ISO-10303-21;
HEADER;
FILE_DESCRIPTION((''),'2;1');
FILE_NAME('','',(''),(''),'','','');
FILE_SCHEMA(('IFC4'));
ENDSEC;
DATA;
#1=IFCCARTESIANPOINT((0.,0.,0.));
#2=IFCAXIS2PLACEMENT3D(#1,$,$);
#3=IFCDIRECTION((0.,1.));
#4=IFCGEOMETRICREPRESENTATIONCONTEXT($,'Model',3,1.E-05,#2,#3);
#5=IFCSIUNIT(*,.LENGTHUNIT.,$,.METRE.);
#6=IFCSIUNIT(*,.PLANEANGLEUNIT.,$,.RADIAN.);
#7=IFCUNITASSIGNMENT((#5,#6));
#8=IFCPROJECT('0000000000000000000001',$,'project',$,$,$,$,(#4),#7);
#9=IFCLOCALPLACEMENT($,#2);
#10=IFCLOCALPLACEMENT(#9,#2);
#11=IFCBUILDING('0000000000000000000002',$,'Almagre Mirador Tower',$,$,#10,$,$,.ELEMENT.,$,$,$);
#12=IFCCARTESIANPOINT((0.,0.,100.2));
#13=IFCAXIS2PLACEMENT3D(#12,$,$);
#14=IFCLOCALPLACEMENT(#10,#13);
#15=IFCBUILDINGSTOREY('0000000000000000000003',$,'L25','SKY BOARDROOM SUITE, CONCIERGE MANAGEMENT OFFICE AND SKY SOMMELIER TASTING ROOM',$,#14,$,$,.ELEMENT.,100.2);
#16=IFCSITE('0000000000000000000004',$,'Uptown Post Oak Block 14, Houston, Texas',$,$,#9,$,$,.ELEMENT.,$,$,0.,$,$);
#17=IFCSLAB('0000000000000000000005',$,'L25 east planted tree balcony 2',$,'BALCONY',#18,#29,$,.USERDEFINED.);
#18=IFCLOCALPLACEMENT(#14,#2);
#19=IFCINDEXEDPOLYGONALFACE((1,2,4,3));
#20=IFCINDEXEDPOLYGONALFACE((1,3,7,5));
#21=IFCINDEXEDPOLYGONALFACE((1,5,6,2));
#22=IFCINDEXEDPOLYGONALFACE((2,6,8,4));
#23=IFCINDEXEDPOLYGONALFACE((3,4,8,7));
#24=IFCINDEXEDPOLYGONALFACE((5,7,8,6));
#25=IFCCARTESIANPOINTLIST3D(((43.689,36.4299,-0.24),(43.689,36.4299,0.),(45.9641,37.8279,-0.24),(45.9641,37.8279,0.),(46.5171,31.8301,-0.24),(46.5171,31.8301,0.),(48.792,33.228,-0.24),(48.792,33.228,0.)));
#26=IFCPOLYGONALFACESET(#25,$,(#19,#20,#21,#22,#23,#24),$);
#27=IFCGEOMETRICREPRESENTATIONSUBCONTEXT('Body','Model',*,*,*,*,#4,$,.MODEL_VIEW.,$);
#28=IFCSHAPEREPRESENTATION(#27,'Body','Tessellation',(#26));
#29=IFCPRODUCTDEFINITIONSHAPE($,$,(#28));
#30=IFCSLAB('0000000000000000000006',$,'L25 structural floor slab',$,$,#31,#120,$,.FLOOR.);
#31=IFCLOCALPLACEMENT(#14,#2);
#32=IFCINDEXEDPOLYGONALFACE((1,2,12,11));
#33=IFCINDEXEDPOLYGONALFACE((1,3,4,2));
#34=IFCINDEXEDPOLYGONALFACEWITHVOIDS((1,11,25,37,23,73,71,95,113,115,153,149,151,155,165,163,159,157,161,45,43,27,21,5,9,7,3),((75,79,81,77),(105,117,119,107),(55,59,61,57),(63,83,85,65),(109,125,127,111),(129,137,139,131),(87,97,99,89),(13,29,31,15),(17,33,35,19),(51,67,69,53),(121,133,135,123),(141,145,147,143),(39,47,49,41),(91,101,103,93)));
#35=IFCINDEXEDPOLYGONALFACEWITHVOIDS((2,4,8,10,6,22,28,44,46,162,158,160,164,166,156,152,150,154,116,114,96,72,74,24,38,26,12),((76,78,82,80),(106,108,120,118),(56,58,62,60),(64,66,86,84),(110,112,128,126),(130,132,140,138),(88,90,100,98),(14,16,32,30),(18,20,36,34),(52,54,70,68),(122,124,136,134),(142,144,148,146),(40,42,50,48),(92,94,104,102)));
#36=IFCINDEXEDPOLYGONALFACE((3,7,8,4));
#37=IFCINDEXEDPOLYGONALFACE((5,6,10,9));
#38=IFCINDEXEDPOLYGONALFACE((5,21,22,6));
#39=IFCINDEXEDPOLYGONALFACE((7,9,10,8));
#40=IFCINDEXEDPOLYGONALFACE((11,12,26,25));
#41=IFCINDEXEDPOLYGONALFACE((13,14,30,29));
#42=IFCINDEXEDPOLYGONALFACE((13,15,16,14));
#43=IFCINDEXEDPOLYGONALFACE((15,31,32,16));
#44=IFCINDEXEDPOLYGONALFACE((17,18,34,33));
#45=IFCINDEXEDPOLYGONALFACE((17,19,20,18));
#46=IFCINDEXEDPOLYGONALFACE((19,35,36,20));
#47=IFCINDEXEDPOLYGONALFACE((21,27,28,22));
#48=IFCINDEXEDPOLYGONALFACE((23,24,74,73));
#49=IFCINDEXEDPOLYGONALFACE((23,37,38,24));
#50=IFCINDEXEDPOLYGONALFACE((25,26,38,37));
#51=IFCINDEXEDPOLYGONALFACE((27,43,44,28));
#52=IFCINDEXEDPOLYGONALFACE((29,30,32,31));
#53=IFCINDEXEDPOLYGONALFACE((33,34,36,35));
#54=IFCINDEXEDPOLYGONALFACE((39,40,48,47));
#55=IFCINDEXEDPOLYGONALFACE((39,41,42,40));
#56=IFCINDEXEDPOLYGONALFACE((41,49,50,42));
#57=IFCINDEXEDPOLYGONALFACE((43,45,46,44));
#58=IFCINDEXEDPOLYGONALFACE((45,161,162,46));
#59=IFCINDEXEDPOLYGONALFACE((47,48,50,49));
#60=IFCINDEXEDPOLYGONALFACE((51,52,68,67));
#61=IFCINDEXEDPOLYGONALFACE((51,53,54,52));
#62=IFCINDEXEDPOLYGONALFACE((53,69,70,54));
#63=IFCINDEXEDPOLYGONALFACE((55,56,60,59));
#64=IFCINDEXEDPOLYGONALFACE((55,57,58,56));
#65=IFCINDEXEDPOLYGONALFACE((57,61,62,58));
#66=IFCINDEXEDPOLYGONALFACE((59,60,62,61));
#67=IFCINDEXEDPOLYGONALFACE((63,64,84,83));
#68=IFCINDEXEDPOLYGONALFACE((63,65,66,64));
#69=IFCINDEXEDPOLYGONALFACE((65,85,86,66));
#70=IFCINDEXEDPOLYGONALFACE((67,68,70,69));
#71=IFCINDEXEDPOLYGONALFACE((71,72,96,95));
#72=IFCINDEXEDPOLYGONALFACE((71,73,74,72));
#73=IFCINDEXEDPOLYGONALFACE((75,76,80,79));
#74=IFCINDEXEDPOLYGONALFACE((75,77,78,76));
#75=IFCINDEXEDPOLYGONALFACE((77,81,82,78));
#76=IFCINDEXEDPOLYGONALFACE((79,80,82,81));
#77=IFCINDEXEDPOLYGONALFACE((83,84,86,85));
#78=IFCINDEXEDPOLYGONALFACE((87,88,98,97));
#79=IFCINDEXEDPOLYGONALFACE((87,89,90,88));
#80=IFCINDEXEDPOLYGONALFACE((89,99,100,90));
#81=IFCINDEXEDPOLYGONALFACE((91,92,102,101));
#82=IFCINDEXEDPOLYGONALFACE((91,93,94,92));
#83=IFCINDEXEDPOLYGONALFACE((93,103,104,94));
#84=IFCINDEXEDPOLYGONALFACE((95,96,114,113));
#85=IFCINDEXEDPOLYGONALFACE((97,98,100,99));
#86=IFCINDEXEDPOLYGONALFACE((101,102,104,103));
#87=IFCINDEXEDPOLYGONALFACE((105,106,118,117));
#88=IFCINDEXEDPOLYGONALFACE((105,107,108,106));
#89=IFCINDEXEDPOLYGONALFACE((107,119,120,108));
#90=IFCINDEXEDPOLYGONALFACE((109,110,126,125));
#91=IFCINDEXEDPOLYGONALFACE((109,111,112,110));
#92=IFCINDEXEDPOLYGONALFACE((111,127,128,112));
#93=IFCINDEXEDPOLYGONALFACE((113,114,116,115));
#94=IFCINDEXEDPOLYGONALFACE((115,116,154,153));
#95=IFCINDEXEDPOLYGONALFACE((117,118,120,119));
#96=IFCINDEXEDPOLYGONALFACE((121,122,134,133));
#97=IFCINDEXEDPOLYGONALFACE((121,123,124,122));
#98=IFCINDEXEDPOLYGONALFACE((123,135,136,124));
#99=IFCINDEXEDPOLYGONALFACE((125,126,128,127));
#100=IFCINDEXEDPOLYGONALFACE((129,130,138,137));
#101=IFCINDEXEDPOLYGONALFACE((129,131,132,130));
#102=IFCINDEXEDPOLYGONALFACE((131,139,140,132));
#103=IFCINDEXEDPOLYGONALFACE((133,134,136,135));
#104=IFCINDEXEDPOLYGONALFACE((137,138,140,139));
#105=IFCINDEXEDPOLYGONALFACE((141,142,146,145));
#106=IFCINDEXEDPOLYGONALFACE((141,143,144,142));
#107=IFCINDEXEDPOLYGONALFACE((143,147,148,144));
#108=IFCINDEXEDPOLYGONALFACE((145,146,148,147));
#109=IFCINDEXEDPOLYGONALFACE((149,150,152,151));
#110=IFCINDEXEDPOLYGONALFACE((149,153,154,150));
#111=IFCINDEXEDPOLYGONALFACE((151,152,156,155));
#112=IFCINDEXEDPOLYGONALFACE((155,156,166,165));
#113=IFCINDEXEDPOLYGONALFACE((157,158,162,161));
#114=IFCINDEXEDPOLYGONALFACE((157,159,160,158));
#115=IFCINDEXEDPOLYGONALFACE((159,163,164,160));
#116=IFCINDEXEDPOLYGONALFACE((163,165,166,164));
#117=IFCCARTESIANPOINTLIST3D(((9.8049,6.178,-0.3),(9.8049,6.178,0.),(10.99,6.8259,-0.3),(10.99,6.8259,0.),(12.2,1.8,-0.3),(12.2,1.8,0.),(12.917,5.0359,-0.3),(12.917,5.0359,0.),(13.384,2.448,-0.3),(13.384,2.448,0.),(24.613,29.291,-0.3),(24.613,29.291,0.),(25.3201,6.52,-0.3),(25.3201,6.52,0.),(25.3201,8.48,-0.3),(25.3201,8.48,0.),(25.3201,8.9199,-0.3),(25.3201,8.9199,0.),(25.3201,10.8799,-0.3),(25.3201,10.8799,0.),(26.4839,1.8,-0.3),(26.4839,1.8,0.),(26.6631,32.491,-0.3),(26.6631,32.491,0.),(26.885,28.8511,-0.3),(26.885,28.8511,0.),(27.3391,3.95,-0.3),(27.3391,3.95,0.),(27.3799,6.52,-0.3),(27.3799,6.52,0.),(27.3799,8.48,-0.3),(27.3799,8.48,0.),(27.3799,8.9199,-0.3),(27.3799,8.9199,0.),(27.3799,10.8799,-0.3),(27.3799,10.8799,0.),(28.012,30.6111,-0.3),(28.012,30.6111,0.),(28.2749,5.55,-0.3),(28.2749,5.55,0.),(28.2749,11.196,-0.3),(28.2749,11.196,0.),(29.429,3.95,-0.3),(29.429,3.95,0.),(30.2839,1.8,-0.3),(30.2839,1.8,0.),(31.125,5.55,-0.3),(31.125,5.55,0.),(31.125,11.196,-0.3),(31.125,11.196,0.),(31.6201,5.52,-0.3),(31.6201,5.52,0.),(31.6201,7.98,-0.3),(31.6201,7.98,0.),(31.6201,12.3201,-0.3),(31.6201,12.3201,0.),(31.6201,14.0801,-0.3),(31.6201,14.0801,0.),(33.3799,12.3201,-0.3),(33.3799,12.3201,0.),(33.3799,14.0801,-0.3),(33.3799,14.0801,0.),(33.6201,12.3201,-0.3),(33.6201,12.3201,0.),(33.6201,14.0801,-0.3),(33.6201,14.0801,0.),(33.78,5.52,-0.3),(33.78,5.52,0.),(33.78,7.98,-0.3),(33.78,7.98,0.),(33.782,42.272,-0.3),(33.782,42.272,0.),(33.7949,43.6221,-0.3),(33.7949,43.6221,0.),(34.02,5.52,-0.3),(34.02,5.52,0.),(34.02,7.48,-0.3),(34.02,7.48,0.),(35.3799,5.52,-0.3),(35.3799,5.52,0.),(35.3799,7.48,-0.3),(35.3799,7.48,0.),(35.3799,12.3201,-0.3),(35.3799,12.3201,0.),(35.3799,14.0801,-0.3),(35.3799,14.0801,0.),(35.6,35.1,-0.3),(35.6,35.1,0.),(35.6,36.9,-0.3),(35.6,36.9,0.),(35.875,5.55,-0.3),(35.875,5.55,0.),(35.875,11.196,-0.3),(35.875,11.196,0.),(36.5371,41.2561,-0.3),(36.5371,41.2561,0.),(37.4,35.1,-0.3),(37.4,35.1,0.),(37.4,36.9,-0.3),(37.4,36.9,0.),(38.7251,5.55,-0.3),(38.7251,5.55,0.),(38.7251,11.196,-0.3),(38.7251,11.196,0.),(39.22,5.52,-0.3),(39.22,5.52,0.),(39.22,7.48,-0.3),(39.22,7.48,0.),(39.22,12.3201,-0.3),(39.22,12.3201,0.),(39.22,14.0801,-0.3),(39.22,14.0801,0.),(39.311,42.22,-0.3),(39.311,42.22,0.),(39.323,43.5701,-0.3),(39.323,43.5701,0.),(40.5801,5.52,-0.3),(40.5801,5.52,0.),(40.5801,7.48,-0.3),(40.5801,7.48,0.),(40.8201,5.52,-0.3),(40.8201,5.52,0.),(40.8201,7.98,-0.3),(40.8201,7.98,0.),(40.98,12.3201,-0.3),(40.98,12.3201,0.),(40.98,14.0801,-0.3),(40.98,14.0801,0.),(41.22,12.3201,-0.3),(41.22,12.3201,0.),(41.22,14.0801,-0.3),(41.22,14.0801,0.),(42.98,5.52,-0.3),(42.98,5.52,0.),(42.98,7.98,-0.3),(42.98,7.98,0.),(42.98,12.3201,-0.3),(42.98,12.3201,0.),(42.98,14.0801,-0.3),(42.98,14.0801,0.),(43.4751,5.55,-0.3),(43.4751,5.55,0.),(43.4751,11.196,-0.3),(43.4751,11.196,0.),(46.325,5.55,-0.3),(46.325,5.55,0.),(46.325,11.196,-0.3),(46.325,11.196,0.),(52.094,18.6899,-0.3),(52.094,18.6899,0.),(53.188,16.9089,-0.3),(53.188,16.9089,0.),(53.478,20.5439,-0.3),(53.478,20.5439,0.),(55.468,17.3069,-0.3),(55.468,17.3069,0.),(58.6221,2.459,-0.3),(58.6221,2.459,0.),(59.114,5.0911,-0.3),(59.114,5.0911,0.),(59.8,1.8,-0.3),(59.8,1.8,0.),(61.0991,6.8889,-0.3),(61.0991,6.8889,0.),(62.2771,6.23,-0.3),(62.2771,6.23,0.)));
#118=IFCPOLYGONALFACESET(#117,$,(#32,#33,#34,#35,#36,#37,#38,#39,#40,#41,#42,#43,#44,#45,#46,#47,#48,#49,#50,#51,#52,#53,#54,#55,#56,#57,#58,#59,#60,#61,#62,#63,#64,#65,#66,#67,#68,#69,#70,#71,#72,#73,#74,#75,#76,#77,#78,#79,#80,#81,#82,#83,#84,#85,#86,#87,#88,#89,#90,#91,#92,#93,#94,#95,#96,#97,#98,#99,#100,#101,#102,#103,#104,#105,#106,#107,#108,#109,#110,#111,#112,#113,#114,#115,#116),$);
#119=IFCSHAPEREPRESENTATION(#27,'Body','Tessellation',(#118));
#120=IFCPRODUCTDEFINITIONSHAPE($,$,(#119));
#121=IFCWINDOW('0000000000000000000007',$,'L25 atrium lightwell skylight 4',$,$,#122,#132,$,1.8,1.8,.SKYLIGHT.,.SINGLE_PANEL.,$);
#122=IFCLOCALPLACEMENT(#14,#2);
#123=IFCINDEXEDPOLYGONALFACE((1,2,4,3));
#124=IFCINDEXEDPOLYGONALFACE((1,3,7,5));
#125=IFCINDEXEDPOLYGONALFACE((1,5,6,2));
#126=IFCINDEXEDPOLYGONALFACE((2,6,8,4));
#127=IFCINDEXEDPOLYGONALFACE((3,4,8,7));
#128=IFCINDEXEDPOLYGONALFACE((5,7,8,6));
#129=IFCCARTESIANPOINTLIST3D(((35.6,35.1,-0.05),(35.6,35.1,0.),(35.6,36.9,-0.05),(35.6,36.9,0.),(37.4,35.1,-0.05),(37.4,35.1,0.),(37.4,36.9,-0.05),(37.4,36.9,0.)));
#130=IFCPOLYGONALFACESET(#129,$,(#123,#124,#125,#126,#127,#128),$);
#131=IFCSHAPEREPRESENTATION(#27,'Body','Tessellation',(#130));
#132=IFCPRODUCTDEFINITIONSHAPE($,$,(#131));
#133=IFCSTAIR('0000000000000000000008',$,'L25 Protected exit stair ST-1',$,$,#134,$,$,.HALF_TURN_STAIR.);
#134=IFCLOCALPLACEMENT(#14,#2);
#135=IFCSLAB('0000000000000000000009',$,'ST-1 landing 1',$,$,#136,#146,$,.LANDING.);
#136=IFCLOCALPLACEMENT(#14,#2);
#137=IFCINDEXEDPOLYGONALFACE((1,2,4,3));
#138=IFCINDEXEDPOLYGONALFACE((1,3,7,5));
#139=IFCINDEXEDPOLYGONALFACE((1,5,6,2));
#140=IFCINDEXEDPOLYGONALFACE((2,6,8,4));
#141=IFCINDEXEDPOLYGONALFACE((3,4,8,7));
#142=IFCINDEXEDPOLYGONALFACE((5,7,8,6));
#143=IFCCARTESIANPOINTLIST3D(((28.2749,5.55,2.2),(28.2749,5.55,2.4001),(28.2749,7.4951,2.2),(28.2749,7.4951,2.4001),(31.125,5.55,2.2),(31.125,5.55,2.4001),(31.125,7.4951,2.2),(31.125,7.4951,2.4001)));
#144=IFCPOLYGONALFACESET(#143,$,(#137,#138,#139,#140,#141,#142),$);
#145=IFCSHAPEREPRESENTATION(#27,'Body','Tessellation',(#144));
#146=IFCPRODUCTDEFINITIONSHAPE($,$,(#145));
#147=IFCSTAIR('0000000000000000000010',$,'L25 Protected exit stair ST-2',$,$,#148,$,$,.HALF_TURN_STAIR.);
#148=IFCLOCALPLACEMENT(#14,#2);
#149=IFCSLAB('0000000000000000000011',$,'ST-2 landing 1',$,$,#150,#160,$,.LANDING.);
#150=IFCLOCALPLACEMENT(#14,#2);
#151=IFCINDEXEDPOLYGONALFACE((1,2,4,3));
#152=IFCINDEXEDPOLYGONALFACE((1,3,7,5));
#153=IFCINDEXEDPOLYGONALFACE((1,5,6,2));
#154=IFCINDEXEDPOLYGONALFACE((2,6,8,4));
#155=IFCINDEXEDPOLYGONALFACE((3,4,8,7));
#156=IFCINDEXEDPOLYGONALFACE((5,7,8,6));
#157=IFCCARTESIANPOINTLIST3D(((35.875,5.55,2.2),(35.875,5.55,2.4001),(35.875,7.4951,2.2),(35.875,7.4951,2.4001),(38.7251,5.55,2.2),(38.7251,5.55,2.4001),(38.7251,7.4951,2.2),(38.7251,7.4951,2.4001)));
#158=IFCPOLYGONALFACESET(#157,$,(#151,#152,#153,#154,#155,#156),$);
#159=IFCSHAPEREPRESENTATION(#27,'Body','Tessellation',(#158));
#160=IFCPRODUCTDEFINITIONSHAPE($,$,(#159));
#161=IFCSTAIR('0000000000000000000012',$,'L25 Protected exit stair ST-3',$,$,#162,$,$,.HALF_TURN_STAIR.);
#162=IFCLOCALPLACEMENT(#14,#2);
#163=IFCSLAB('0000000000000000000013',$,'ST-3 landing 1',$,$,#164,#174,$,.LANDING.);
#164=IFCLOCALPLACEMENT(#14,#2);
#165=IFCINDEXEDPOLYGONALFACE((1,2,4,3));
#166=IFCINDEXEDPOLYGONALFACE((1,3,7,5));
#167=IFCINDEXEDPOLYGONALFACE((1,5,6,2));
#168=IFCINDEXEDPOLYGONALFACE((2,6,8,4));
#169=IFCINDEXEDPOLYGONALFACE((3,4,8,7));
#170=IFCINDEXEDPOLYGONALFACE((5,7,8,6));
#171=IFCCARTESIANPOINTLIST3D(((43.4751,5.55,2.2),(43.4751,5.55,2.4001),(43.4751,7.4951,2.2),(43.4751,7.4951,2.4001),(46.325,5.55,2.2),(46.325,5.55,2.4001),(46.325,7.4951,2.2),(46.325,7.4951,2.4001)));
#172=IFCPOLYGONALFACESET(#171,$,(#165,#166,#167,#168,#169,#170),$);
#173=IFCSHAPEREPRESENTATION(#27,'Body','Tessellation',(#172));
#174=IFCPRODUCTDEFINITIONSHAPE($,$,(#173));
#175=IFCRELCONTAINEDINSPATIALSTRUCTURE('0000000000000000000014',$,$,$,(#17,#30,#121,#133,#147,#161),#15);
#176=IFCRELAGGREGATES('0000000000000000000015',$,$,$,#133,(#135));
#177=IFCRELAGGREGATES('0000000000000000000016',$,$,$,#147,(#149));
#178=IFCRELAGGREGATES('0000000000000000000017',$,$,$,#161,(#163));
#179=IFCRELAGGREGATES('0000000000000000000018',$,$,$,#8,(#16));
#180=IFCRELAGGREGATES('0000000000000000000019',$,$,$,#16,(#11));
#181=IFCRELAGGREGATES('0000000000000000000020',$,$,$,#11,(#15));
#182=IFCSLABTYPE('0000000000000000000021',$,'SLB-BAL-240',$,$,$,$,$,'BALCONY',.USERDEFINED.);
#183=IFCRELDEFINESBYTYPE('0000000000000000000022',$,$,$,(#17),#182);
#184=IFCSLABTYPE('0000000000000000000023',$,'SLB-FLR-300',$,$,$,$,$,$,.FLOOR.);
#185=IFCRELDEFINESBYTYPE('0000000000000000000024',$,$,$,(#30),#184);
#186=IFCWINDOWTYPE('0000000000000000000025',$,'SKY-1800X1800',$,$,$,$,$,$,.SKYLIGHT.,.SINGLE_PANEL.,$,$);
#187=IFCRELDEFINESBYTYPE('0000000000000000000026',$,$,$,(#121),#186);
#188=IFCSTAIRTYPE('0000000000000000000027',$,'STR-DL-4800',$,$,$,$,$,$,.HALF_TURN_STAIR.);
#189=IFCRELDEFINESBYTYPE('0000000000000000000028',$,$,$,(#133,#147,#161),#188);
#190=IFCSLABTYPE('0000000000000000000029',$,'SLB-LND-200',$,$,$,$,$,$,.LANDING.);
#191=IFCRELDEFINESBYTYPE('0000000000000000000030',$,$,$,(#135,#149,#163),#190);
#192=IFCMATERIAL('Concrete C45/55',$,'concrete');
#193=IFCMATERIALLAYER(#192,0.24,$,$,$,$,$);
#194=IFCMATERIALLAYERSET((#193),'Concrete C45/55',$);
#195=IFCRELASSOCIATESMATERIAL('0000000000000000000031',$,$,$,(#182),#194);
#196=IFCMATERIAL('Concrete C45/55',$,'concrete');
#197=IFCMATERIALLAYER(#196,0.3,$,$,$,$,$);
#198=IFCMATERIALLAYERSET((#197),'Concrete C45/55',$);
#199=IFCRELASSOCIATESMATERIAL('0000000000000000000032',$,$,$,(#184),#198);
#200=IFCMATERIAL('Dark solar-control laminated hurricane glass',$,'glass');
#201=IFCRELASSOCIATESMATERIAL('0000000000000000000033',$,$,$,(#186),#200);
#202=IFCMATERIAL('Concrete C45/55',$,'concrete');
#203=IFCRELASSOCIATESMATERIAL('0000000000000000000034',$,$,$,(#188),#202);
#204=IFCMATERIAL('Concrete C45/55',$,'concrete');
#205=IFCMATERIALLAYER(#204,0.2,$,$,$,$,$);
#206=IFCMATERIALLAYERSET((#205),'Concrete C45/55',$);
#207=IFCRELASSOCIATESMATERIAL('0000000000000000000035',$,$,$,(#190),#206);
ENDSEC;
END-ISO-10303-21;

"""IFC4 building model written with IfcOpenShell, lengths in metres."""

from ifc_helpers import new_model, si_unit, direction, frame, origin, origin_2d, place, context, subcontext, project, spatial, polyline, rectangle, outline, extrude, material, layer, layer_set, type_object, element, fill, aggregate, save


model = new_model("IFC4")

# Units and contexts
model_context = context("Model", 3, precision=1e-05, world=origin(), true_north=direction((0.0, 1.0)))
body_context = subcontext(model_context, "Body", "Model", "MODEL_VIEW")
ifc_project = project(units=[si_unit("LENGTHUNIT", "METRE"), si_unit("PLANEANGLEUNIT", "RADIAN")], contexts=[model_context])

# Site, building, storey
site_placement = place(None, origin())
site = spatial("IfcSite", under=ifc_project, at=site_placement, Name="Uptown Post Oak Block 14, Houston, Texas", CompositionType="ELEMENT", RefElevation=0.0)
building_placement = place(site_placement, origin())
building = spatial("IfcBuilding", under=site, at=building_placement, Name="Almagre Mirador Tower", CompositionType="ELEMENT")
storey_placement = place(building_placement, frame((0.0, 0.0, 100.2)))
storey = spatial("IfcBuildingStorey", under=building, at=storey_placement, Name="L25", Description="SKY BOARDROOM SUITE, CONCIERGE MANAGEMENT OFFICE AND SKY SOMMELIER TASTING ROOM", CompositionType="ELEMENT", Elevation=100.2)

# Slab
ifc_material_1 = material(Name="Concrete C45/55", Category="concrete")
ifc_layer_1 = layer(ifc_material_1, 0.24)
ifc_layer_set_1 = layer_set([ifc_layer_1], Name="Concrete C45/55")
slab_type_1 = type_object("IfcSlabType", Name="SLB-BAL-240", ElementType="BALCONY", PredefinedType="USERDEFINED", material=ifc_layer_set_1)
slab_1_placement = place(storey_placement, frame((0.0, 0.0, -0.24)))
element("IfcSlab", 1, at=slab_1_placement, inside=storey, type_object=slab_type_1, Name="L25 east planted tree balcony 2", ObjectType="BALCONY", PredefinedType="USERDEFINED", context=body_context, shape_type="SweptSolid", body=[
    extrude(outline(polyline([(46.5171, 31.8301), (43.689, 36.4299), (45.9641, 37.8279), (48.792, 33.228), (46.5171, 31.8301)])), origin(), (0.0, 0.0, 1.0), 0.24),
])

# Slab, opening, window
ifc_material_2 = material(Name="Concrete C45/55", Category="concrete")
ifc_layer_2 = layer(ifc_material_2, 0.3)
ifc_layer_set_2 = layer_set([ifc_layer_2], Name="Concrete C45/55")
slab_type_2 = type_object("IfcSlabType", Name="SLB-FLR-300", PredefinedType="FLOOR", material=ifc_layer_set_2)
slab_2_placement = place(storey_placement, frame((0.0, 0.0, -0.3)))
slab_2 = element("IfcSlab", 2, at=slab_2_placement, inside=storey, type_object=slab_type_2, Name="L25 structural floor slab", PredefinedType="FLOOR", context=body_context, shape_type="SweptSolid", body=[
    extrude(outline(polyline([(9.8049, 6.178), (10.99, 6.8259), (12.917, 5.0359), (13.384, 2.448), (12.2, 1.8), (26.4839, 1.8), (27.3391, 3.95), (29.429, 3.95), (30.2839, 1.8), (59.8, 1.8), (58.6221, 2.459), (59.114, 5.0911), (61.0991, 6.8889), (62.2771, 6.23), (55.468, 17.3069), (53.188, 16.9089), (52.094, 18.6899), (53.478, 20.5439), (39.323, 43.5701), (39.311, 42.22), (36.5371, 41.2561), (33.782, 42.272), (33.7949, 43.6221), (26.6631, 32.491), (28.012, 30.6111), (26.885, 28.8511), (24.613, 29.291), (9.8049, 6.178)]), holes=[polyline([(43.4751, 11.196), (46.325, 11.196), (46.325, 5.55), (43.4751, 5.55), (43.4751, 11.196)]), polyline([(40.8201, 5.52), (40.8201, 7.98), (42.98, 7.98), (42.98, 5.52), (40.8201, 5.52)]), polyline([(41.22, 12.3201), (41.22, 14.0801), (42.98, 14.0801), (42.98, 12.3201), (41.22, 12.3201)]), polyline([(39.22, 12.3201), (39.22, 14.0801), (40.98, 14.0801), (40.98, 12.3201), (39.22, 12.3201)]), polyline([(39.22, 5.52), (39.22, 7.48), (40.5801, 7.48), (40.5801, 5.52), (39.22, 5.52)]), polyline([(35.875, 11.196), (38.7251, 11.196), (38.7251, 5.55), (35.875, 5.55), (35.875, 11.196)]), polyline([(35.3799, 5.52), (34.02, 5.52), (34.02, 7.48), (35.3799, 7.48), (35.3799, 5.52)]), polyline([(35.3799, 12.3201), (33.6201, 12.3201), (33.6201, 14.0801), (35.3799, 14.0801), (35.3799, 12.3201)]), polyline([(31.6201, 5.52), (31.6201, 7.98), (33.78, 7.98), (33.78, 5.52), (31.6201, 5.52)]), polyline([(31.6201, 12.3201), (31.6201, 14.0801), (33.3799, 14.0801), (33.3799, 12.3201), (31.6201, 12.3201)]), polyline([(28.2749, 5.55), (28.2749, 11.196), (31.125, 11.196), (31.125, 5.55), (28.2749, 5.55)]), polyline([(25.3201, 6.52), (25.3201, 8.48), (27.3799, 8.48), (27.3799, 6.52), (25.3201, 6.52)]), polyline([(25.3201, 8.9199), (25.3201, 10.8799), (27.3799, 10.8799), (27.3799, 8.9199), (25.3201, 8.9199)])]), origin(), (0.0, 0.0, 1.0), 0.3),
])
opening_1_placement = place(slab_2_placement, frame((36.5, 36.0, 0.0)))
opening_1 = element("IfcOpeningElement", 3, at=opening_1_placement, cuts=slab_2, PredefinedType="OPENING", context=body_context, shape_type="SweptSolid", body=[
    extrude(rectangle(XDim=1.8, YDim=1.8, at=origin_2d()), origin(), (0.0, 0.0, 1.0), 0.3),
])
ifc_material_3 = material(Name="Dark solar-control laminated hurricane glass", Category="glass")
window_type_1 = type_object("IfcWindowType", Name="SKY-1800X1800", PartitioningType="SINGLE_PANEL", PredefinedType="SKYLIGHT", material=ifc_material_3)
window_1_placement = place(opening_1_placement, frame((0.0, 0.0, 0.25)))
window_1 = element("IfcWindow", 4, at=window_1_placement, inside=storey, type_object=window_type_1, Name="L25 atrium lightwell skylight 4", OverallHeight=1.8, OverallWidth=1.8, PartitioningType="SINGLE_PANEL", PredefinedType="SKYLIGHT", context=body_context, shape_type="SweptSolid", body=[
    extrude(rectangle(XDim=1.8, YDim=1.8, at=origin_2d()), origin(), (0.0, 0.0, 1.0), 0.05),
])
fill(opening_1, window_1)

# Stairs, slabs
ifc_material_4 = material(Name="Concrete C45/55", Category="concrete")
stair_type = type_object("IfcStairType", Name="STR-DL-4800", PredefinedType="HALF_TURN_STAIR", material=ifc_material_4)
stair_1_placement = place(storey_placement, origin())
stair_1 = element("IfcStair", 5, at=stair_1_placement, inside=storey, type_object=stair_type, Name="L25 Protected exit stair ST-1", PredefinedType="HALF_TURN_STAIR")
ifc_material_5 = material(Name="Concrete C45/55", Category="concrete")
ifc_layer_3 = layer(ifc_material_5, 0.2)
ifc_layer_set_3 = layer_set([ifc_layer_3], Name="Concrete C45/55")
slab_type_3 = type_object("IfcSlabType", Name="SLB-LND-200", PredefinedType="LANDING", material=ifc_layer_set_3)
slab_3_placement = place(storey_placement, frame((0.0, 0.0, 2.2)))
slab_3 = element("IfcSlab", 6, at=slab_3_placement, type_object=slab_type_3, Name="ST-1 landing 1", PredefinedType="LANDING", context=body_context, shape_type="SweptSolid", body=[
    extrude(outline(polyline([(28.2749, 7.4951), (28.2749, 5.55), (31.125, 5.55), (31.125, 7.4951), (28.2749, 7.4951)])), origin(), (0.0, 0.0, 1.0), 0.2002),
])
aggregate(stair_1, [slab_3])
stair_2_placement = place(storey_placement, origin())
stair_2 = element("IfcStair", 7, at=stair_2_placement, inside=storey, type_object=stair_type, Name="L25 Protected exit stair ST-2", PredefinedType="HALF_TURN_STAIR")
slab_4_placement = place(storey_placement, frame((0.0, 0.0, 2.2)))
slab_4 = element("IfcSlab", 8, at=slab_4_placement, type_object=slab_type_3, Name="ST-2 landing 1", PredefinedType="LANDING", context=body_context, shape_type="SweptSolid", body=[
    extrude(outline(polyline([(35.875, 7.4951), (35.875, 5.55), (38.7251, 5.55), (38.7251, 7.4951), (35.875, 7.4951)])), origin(), (0.0, 0.0, 1.0), 0.2002),
])
aggregate(stair_2, [slab_4])
stair_3_placement = place(storey_placement, origin())
stair_3 = element("IfcStair", 9, at=stair_3_placement, inside=storey, type_object=stair_type, Name="L25 Protected exit stair ST-3", PredefinedType="HALF_TURN_STAIR")
slab_5_placement = place(storey_placement, frame((0.0, 0.0, 2.2)))
slab_5 = element("IfcSlab", 10, at=slab_5_placement, type_object=slab_type_3, Name="ST-3 landing 1", PredefinedType="LANDING", context=body_context, shape_type="SweptSolid", body=[
    extrude(outline(polyline([(43.4751, 7.4951), (43.4751, 5.55), (46.325, 5.55), (46.325, 7.4951), (43.4751, 7.4951)])), origin(), (0.0, 0.0, 1.0), 0.2002),
])
aggregate(stair_3, [slab_5])

save(model, "model.ifc")
